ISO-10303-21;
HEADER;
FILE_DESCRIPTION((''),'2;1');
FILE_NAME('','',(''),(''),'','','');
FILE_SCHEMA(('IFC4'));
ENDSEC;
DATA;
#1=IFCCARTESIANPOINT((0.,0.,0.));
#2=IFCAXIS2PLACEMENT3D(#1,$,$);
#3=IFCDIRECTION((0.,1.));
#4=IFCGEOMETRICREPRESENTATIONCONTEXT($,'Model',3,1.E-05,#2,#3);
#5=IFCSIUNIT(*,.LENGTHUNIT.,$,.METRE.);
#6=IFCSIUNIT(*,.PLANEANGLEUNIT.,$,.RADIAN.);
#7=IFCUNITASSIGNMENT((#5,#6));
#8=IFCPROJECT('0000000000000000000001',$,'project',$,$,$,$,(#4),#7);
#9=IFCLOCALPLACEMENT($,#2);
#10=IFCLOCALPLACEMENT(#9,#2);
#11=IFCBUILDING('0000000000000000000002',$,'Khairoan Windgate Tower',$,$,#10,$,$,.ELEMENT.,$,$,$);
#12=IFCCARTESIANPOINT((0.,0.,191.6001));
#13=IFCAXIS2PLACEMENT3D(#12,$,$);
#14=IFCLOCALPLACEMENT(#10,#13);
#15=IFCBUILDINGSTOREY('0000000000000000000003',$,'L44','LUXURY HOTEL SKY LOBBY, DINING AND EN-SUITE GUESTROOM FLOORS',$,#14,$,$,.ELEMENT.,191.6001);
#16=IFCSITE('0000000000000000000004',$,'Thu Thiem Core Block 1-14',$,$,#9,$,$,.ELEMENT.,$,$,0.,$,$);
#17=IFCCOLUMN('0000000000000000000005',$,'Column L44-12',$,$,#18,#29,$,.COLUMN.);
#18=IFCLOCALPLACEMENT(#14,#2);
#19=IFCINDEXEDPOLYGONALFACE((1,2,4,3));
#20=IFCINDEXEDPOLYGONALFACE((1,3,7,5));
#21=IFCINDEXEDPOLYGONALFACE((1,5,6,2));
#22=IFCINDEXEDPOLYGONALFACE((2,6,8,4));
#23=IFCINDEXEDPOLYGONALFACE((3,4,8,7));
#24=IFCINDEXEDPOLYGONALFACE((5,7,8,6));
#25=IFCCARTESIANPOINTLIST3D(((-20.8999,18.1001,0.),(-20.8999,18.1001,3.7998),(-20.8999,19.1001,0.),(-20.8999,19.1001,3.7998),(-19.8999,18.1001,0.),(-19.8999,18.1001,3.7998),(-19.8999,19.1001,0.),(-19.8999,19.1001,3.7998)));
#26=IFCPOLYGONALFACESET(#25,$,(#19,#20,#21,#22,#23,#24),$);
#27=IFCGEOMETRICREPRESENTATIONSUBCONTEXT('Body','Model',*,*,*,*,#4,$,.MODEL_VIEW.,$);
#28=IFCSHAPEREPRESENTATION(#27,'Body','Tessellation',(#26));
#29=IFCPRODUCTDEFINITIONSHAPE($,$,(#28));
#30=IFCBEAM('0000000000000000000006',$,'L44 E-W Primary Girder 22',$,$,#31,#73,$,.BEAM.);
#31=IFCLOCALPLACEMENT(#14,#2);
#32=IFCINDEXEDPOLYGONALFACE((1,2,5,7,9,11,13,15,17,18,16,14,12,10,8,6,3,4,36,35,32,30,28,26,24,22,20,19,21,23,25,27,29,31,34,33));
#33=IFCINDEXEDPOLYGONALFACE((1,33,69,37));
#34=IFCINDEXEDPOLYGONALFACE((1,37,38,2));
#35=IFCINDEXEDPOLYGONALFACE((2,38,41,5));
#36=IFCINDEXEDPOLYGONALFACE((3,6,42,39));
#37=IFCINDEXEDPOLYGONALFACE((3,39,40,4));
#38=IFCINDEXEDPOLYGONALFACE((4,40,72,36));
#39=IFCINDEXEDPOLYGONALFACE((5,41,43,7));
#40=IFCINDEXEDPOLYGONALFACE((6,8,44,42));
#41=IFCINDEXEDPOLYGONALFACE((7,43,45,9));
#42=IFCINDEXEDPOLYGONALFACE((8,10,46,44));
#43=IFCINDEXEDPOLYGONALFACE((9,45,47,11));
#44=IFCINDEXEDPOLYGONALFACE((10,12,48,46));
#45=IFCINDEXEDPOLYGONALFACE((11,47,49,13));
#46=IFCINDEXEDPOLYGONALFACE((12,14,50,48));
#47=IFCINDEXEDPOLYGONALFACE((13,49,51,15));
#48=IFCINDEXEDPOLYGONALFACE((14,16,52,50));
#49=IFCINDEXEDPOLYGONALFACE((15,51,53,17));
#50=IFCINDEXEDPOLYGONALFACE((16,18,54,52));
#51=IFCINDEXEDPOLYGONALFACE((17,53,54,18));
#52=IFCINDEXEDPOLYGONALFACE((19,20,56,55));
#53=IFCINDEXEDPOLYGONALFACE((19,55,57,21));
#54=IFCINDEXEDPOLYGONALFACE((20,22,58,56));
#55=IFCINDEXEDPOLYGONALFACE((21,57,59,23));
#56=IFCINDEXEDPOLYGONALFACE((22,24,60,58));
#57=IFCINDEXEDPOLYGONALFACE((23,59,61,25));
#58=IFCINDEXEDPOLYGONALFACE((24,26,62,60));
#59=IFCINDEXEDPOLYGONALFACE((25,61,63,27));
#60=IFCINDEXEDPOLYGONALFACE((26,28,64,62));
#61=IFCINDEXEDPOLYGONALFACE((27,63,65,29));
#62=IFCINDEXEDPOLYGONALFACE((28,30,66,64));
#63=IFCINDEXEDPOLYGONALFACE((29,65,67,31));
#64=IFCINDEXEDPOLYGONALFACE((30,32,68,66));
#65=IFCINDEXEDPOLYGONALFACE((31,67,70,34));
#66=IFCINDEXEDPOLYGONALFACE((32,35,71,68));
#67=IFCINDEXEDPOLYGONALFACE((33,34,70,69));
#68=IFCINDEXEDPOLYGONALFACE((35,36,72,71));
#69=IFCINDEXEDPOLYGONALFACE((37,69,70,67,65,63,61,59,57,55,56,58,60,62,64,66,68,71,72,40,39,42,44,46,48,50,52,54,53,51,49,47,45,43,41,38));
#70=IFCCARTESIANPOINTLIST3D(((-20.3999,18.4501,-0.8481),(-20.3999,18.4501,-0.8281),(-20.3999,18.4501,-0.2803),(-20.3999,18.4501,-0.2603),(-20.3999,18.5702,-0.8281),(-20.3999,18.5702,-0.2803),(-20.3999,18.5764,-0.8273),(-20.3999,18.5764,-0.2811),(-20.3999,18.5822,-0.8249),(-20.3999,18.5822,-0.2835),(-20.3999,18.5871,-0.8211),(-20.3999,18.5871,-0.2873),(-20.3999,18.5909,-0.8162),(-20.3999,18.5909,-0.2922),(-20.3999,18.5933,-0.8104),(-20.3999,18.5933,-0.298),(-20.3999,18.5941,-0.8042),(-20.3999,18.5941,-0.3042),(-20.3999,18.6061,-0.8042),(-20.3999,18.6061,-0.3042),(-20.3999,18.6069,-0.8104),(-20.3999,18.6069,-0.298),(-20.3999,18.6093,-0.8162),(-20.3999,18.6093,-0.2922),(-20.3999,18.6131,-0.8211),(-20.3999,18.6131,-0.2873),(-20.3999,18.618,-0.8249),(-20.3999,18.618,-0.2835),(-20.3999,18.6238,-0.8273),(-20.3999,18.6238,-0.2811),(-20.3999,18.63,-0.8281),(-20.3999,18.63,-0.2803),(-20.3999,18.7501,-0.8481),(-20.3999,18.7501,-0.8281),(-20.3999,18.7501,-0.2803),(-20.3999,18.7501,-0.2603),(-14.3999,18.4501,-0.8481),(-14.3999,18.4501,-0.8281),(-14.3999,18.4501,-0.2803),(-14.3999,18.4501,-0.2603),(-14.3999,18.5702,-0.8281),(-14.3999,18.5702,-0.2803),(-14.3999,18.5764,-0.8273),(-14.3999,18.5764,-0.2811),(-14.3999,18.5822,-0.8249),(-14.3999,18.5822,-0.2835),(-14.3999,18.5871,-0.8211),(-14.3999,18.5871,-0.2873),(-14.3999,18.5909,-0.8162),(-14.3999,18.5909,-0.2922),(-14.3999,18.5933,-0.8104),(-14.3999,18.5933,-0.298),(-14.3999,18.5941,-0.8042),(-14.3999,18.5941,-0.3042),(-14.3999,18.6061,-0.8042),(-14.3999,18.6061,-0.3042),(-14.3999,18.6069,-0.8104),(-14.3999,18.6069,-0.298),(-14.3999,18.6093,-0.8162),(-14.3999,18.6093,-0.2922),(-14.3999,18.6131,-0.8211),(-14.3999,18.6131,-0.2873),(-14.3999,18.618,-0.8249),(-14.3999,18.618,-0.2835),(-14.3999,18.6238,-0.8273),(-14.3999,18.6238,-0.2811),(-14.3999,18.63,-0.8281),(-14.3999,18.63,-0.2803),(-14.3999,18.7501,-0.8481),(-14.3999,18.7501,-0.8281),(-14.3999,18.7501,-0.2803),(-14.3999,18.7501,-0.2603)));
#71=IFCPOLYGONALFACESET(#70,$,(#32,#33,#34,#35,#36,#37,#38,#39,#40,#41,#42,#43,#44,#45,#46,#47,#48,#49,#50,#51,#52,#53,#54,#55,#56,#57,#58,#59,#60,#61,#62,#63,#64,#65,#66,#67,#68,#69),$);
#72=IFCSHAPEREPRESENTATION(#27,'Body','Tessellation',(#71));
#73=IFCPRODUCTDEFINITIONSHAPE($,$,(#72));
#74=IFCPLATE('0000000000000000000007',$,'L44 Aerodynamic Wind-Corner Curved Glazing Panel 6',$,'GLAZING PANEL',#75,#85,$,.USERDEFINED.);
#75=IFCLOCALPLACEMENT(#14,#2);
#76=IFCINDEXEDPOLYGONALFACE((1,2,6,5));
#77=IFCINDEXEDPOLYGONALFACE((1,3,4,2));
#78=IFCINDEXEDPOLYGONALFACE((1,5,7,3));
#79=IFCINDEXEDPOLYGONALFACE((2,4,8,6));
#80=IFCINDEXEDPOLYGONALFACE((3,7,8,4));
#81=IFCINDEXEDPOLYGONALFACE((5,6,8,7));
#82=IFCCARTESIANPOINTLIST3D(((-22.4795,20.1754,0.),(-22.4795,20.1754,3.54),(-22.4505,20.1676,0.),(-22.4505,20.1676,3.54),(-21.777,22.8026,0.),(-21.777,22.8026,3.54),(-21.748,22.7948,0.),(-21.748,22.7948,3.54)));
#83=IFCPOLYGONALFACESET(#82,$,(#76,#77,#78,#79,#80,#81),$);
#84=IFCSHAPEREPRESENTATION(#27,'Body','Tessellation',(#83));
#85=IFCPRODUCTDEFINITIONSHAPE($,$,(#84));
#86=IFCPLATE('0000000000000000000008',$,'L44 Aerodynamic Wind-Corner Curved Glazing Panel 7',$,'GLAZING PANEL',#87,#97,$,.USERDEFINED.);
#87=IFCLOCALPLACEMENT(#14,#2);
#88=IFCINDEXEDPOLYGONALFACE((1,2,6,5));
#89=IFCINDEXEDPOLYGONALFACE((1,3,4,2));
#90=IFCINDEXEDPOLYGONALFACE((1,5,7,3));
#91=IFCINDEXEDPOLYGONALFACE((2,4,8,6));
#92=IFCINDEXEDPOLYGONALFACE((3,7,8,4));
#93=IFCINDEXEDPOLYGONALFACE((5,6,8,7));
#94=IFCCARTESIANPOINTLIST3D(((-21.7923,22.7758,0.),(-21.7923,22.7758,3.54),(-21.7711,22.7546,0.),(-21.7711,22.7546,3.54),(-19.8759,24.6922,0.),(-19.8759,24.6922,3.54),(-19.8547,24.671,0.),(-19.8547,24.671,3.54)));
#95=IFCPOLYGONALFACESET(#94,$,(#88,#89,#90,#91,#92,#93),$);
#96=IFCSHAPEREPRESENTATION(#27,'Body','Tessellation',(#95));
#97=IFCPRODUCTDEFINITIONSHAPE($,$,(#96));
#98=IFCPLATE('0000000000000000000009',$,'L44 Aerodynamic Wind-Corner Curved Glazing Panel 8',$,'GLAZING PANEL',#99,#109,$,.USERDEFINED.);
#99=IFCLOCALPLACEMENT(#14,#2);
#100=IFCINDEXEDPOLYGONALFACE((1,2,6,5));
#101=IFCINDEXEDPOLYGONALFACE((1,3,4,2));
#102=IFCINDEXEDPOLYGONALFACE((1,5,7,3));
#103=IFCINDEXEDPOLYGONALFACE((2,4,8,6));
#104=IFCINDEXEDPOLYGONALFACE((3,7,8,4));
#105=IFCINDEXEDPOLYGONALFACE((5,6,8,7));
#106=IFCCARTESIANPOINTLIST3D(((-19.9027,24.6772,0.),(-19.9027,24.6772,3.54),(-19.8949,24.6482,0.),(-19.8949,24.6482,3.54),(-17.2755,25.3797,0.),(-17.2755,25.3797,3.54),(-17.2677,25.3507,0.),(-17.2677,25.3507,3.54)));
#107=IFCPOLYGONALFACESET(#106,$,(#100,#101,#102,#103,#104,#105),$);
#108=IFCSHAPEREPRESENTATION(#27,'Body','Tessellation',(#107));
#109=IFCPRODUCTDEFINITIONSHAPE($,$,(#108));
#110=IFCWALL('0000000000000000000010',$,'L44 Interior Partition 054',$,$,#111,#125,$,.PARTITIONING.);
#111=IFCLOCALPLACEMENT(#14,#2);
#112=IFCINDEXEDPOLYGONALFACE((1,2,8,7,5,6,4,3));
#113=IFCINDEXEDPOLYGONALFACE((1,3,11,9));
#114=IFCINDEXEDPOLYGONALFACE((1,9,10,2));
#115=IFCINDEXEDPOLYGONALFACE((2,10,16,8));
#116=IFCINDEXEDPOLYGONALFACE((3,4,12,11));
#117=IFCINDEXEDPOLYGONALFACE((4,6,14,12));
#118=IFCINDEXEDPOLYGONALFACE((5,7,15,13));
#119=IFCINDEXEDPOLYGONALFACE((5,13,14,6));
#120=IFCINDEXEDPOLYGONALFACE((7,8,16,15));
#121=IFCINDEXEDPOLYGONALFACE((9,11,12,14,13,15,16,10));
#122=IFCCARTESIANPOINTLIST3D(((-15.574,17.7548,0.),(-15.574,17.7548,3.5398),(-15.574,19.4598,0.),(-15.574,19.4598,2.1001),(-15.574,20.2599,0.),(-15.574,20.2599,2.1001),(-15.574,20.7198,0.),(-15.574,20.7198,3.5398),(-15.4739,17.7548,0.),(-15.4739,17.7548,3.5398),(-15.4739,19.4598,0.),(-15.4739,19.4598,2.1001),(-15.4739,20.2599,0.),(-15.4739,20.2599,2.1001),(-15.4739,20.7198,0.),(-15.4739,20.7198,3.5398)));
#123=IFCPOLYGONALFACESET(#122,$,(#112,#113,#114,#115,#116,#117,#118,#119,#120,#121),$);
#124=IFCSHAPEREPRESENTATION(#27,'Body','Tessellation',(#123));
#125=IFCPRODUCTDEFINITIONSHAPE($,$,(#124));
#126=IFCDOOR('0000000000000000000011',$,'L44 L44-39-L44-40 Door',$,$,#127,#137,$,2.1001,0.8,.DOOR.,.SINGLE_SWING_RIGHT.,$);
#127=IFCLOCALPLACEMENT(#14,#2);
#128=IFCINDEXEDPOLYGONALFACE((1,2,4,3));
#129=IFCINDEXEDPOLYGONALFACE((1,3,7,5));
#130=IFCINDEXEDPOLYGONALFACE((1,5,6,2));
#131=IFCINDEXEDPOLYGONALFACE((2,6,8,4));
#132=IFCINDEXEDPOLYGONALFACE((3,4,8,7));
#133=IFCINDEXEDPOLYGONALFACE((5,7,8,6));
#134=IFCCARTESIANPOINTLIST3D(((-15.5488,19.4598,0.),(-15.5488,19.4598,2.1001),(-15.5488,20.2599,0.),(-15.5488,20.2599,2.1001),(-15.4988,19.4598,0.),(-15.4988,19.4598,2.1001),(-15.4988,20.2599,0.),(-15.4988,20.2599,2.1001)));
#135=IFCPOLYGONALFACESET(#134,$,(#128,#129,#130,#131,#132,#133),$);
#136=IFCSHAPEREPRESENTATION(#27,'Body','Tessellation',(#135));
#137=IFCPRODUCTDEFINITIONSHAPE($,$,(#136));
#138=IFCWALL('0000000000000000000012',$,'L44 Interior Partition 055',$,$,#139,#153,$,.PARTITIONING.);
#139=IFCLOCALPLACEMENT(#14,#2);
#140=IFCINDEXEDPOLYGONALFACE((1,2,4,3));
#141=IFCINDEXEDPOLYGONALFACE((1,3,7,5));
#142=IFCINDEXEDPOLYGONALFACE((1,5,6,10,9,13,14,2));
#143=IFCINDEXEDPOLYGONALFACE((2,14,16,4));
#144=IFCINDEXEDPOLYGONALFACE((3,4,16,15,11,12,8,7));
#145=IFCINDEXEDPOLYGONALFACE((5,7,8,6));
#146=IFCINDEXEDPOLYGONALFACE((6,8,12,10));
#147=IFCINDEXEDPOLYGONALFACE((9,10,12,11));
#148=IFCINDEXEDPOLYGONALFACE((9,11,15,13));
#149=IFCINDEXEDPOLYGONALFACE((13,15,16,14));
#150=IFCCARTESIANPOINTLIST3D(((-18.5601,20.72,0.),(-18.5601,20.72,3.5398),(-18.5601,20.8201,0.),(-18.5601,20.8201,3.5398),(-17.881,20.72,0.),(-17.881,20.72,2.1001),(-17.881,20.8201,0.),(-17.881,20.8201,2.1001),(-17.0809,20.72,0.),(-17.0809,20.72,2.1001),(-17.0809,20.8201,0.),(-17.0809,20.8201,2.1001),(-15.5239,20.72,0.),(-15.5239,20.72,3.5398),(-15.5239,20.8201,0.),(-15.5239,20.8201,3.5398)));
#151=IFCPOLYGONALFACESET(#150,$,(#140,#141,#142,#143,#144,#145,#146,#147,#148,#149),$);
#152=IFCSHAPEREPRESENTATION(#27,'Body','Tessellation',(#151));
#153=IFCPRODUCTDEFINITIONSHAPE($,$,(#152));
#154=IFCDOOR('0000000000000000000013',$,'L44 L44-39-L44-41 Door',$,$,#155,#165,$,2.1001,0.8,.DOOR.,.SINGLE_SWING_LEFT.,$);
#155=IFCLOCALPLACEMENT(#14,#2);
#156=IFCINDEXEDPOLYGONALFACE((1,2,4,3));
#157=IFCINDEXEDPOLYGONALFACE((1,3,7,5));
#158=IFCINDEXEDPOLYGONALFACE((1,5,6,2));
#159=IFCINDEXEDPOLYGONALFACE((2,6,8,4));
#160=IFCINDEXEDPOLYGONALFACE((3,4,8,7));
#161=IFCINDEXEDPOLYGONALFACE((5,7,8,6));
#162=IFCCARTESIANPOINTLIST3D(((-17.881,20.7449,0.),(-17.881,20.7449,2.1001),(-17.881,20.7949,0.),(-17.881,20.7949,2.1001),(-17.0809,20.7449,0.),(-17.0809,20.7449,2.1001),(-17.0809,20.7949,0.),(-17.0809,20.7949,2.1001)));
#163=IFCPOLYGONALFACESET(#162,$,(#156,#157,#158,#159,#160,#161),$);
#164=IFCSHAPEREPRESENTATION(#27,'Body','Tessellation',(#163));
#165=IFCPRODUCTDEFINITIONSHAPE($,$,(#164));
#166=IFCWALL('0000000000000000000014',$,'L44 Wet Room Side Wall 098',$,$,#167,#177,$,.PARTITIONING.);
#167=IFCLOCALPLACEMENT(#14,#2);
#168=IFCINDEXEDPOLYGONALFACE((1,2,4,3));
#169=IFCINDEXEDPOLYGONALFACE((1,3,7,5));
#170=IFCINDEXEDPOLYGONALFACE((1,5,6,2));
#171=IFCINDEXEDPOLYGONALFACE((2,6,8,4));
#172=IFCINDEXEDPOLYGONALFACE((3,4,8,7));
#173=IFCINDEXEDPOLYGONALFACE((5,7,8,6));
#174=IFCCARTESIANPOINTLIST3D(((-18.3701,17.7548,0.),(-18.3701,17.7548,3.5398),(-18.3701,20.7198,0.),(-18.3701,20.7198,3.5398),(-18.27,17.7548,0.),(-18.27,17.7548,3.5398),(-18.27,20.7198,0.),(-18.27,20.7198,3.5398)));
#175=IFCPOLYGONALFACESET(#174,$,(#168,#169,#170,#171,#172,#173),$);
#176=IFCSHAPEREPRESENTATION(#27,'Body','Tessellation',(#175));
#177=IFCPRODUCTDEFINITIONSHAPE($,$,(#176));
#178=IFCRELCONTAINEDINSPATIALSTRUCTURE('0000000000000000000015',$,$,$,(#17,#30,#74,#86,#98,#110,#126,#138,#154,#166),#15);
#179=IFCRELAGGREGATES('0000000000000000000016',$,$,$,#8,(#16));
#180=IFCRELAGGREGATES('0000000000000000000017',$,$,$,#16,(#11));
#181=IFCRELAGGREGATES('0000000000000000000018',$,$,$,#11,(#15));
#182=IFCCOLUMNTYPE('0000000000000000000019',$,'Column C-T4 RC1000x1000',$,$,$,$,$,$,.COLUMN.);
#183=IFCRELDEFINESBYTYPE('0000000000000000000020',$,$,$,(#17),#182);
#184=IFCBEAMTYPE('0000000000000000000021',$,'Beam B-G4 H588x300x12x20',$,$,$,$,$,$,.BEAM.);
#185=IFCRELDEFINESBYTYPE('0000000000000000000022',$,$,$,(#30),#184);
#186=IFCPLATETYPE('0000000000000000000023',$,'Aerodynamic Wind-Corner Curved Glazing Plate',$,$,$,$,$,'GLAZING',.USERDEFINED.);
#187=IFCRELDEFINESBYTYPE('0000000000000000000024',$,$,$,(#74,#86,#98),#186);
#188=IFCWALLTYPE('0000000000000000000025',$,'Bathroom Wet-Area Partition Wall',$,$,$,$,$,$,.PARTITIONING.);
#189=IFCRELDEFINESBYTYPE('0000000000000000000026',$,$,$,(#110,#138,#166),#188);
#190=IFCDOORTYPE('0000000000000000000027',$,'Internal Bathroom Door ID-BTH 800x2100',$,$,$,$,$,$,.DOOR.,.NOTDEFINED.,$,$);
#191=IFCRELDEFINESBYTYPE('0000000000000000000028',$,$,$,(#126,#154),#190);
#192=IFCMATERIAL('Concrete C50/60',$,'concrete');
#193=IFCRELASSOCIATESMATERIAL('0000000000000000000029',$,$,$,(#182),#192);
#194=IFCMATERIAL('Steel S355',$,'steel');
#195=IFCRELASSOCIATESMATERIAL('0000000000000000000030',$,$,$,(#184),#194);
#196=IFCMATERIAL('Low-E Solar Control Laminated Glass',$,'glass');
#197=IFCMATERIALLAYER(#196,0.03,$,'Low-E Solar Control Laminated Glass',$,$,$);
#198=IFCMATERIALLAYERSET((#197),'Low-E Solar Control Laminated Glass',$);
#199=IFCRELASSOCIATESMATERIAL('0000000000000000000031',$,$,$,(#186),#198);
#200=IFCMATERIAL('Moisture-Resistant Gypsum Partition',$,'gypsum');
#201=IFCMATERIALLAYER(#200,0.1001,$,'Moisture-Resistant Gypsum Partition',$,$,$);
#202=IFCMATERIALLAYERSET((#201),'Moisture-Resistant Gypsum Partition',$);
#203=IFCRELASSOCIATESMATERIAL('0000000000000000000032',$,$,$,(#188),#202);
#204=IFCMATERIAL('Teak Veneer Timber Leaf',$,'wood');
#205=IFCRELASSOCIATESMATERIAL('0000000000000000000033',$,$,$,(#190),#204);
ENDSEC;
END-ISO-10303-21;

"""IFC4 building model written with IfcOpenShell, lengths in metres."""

from ifc_helpers import new_model, si_unit, direction, frame, frame_2d, origin, origin_2d, place, context, subcontext, project, spatial, rectangle, i_section, extrude, material, layer, layer_set, material_profile, profile_set, type_object, element, fill, save


model = new_model("IFC4")

# Units and contexts
model_context = context("Model", 3, precision=1e-05, world=origin(), true_north=direction((0.0, 1.0)))
body_context = subcontext(model_context, "Body", "Model", "MODEL_VIEW")
ifc_project = project(units=[si_unit("LENGTHUNIT", "METRE"), si_unit("PLANEANGLEUNIT", "RADIAN")], contexts=[model_context])

# Site, building, storey
site_placement = place(None, origin())
site = spatial("IfcSite", under=ifc_project, at=site_placement, Name="Thu Thiem Core Block 1-14", CompositionType="ELEMENT", RefElevation=0.0)
building_placement = place(site_placement, origin())
building = spatial("IfcBuilding", under=site, at=building_placement, Name="Khairoan Windgate Tower", CompositionType="ELEMENT")
storey_placement = place(building_placement, frame((0.0, 0.0, 191.6001)))
storey = spatial("IfcBuildingStorey", under=building, at=storey_placement, Name="L44", Description="LUXURY HOTEL SKY LOBBY, DINING AND EN-SUITE GUESTROOM FLOORS", CompositionType="ELEMENT", Elevation=191.6001)

# Column
ifc_material_1 = material(Name="Concrete C50/60", Category="concrete")
ifc_material_profile_1 = material_profile(ifc_material_1, rectangle(XDim=1.0, YDim=1.0, at=origin_2d()))
ifc_profile_set_1 = profile_set([ifc_material_profile_1], Name="Concrete C50/60")
column_type = type_object("IfcColumnType", Name="Column C-T4 RC1000x1000", PredefinedType="COLUMN", material=ifc_profile_set_1)
column_placement = place(storey_placement, frame((-20.3999, 18.6001, 0.0), z_axis=(0.0, 0.0, 1.0), x_axis=(1.0, 0.0, 0.0)))
element("IfcColumn", 1, at=column_placement, inside=storey, type_object=column_type, Name="Column L44-12", PredefinedType="COLUMN", context=body_context, shape_type="SweptSolid", body=[
    extrude(rectangle(XDim=1.0, YDim=1.0, at=origin_2d()), origin(), (0.0, 0.0, 1.0), 3.7998),
])

# Beam
ifc_material_2 = material(Name="Steel S355", Category="steel")
ifc_material_profile_2 = material_profile(ifc_material_2, i_section(OverallWidth=0.3, OverallDepth=0.5879, WebThickness=0.012, FlangeThickness=0.02, FilletRadius=0.0239, at=origin_2d()))
ifc_profile_set_2 = profile_set([ifc_material_profile_2], Name="Steel S355")
beam_type = type_object("IfcBeamType", Name="Beam B-G4 H588x300x12x20", PredefinedType="BEAM", material=ifc_profile_set_2)
beam_placement = place(storey_placement, frame((-20.3999, 18.6001, -0.5542), z_axis=(1.0, 0.0, 0.0), x_axis=(0.0, 1.0, 0.0)))
element("IfcBeam", 2, at=beam_placement, inside=storey, type_object=beam_type, Name="L44 E-W Primary Girder 22", PredefinedType="BEAM", context=body_context, shape_type="SweptSolid", body=[
    extrude(i_section(OverallWidth=0.3, OverallDepth=0.5879, WebThickness=0.012, FlangeThickness=0.02, FilletRadius=0.0239, at=origin_2d()), origin(), (0.0, 0.0, 1.0), 6.0),
])

# Plates
ifc_material_3 = material(Name="Low-E Solar Control Laminated Glass", Category="glass")
ifc_layer_1 = layer(ifc_material_3, 0.03, Name="Low-E Solar Control Laminated Glass")
ifc_layer_set_1 = layer_set([ifc_layer_1], Name="Low-E Solar Control Laminated Glass")
plate_type_1 = type_object("IfcPlateType", Name="Aerodynamic Wind-Corner Curved Glazing Plate", ElementType="GLAZING", PredefinedType="USERDEFINED", material=ifc_layer_set_1)
plate_1_placement = place(storey_placement, frame((-22.1138, 21.4851, 0.0), z_axis=(0.0, 0.0, 1.0), x_axis=(0.258313, 0.966061, 0.0)))
element("IfcPlate", 3, at=plate_1_placement, inside=storey, type_object=plate_type_1, Name="L44 Aerodynamic Wind-Corner Curved Glazing Panel 6", ObjectType="GLAZING PANEL", PredefinedType="USERDEFINED", context=body_context, shape_type="SweptSolid", body=[
    extrude(rectangle(XDim=2.7195, YDim=0.03, at=origin_2d()), origin(), (0.0, 0.0, 1.0), 3.54),
])
plate_2_placement = place(storey_placement, frame((-20.8235, 23.7234, 0.0), z_axis=(0.0, 0.0, 1.0), x_axis=(0.707107, 0.707107, 0.0)))
element("IfcPlate", 4, at=plate_2_placement, inside=storey, type_object=plate_type_1, Name="L44 Aerodynamic Wind-Corner Curved Glazing Panel 7", ObjectType="GLAZING PANEL", PredefinedType="USERDEFINED", context=body_context, shape_type="SweptSolid", body=[
    extrude(rectangle(XDim=2.7102, YDim=0.03, at=origin_2d()), origin(), (0.0, 0.0, 1.0), 3.54),
])
plate_3_placement = place(storey_placement, frame((-18.5852, 25.0139, 0.0), z_axis=(0.0, 0.0, 1.0), x_axis=(0.966061, 0.258313, 0.0)))
element("IfcPlate", 5, at=plate_3_placement, inside=storey, type_object=plate_type_1, Name="L44 Aerodynamic Wind-Corner Curved Glazing Panel 8", ObjectType="GLAZING PANEL", PredefinedType="USERDEFINED", context=body_context, shape_type="SweptSolid", body=[
    extrude(rectangle(XDim=2.7195, YDim=0.03, at=origin_2d()), origin(), (0.0, 0.0, 1.0), 3.54),
])

# Walls, openings, doors
ifc_material_4 = material(Name="Moisture-Resistant Gypsum Partition", Category="gypsum")
ifc_layer_2 = layer(ifc_material_4, 0.1001, Name="Moisture-Resistant Gypsum Partition")
ifc_layer_set_2 = layer_set([ifc_layer_2], Name="Moisture-Resistant Gypsum Partition")
wall_type_1 = type_object("IfcWallType", Name="Bathroom Wet-Area Partition Wall", PredefinedType="PARTITIONING", material=ifc_layer_set_2)
wall_1_placement = place(storey_placement, frame((-15.5239, 17.7549, 0.0), z_axis=(0.0, 0.0, 1.0), x_axis=(0.0, 1.0, 0.0)))
wall_1 = element("IfcWall", 6, at=wall_1_placement, inside=storey, type_object=wall_type_1, Name="L44 Interior Partition 054", PredefinedType="PARTITIONING", context=body_context, shape_type="SweptSolid", body=[
    extrude(rectangle(XDim=2.9651, YDim=0.1001, at=frame_2d((1.4824, 0.0))), origin(), (0.0, 0.0, 1.0), 3.5398),
])
opening_1_placement = place(wall_1_placement, frame((1.7051, 0.0, 0.0)))
opening_1 = element("IfcOpeningElement", 7, at=opening_1_placement, cuts=wall_1, PredefinedType="OPENING", context=body_context, shape_type="SweptSolid", body=[
    extrude(rectangle(XDim=0.8, YDim=2.1001, at=frame_2d((0.3999, 1.05))), frame((0.0, 0.0601, 0.0), z_axis=(0.0, -1.0, 0.0), x_axis=(1.0, 0.0, 0.0)), (0.0, 0.0, 1.0), 0.1201),
])
ifc_material_5 = material(Name="Teak Veneer Timber Leaf", Category="wood")
door_type_1 = type_object("IfcDoorType", Name="Internal Bathroom Door ID-BTH 800x2100", OperationType="NOTDEFINED", PredefinedType="DOOR", material=ifc_material_5)
door_1_placement = place(opening_1_placement, origin())
door_1 = element("IfcDoor", 8, at=door_1_placement, inside=storey, type_object=door_type_1, Name="L44 L44-39-L44-40 Door", OperationType="SINGLE_SWING_RIGHT", OverallHeight=2.1001, OverallWidth=0.8, PredefinedType="DOOR", context=body_context, shape_type="SweptSolid", body=[
    extrude(rectangle(XDim=0.8, YDim=2.1001, at=frame_2d((0.3999, 1.05))), frame((0.0, 0.0249, 0.0), z_axis=(0.0, -1.0, 0.0), x_axis=(1.0, 0.0, 0.0)), (0.0, 0.0, 1.0), 0.05),
])
fill(opening_1, door_1)
wall_2_placement = place(storey_placement, frame((-18.5601, 20.77, 0.0), z_axis=(0.0, 0.0, 1.0), x_axis=(1.0, 0.0, 0.0)))
wall_2 = element("IfcWall", 9, at=wall_2_placement, inside=storey, type_object=wall_type_1, Name="L44 Interior Partition 055", PredefinedType="PARTITIONING", context=body_context, shape_type="SweptSolid", body=[
    extrude(rectangle(XDim=3.0361, YDim=0.1001, at=frame_2d((1.5181, 0.0))), origin(), (0.0, 0.0, 1.0), 3.5398),
])
opening_2_placement = place(wall_2_placement, frame((0.6792, 0.0, 0.0)))
opening_2 = element("IfcOpeningElement", 10, at=opening_2_placement, cuts=wall_2, PredefinedType="OPENING", context=body_context, shape_type="SweptSolid", body=[
    extrude(rectangle(XDim=0.8, YDim=2.1001, at=frame_2d((0.3999, 1.05))), frame((0.0, 0.0601, 0.0), z_axis=(0.0, -1.0, 0.0), x_axis=(1.0, 0.0, 0.0)), (0.0, 0.0, 1.0), 0.1201),
])
door_2_placement = place(opening_2_placement, origin())
door_2 = element("IfcDoor", 11, at=door_2_placement, inside=storey, type_object=door_type_1, Name="L44 L44-39-L44-41 Door", OperationType="SINGLE_SWING_LEFT", OverallHeight=2.1001, OverallWidth=0.8, PredefinedType="DOOR", context=body_context, shape_type="SweptSolid", body=[
    extrude(rectangle(XDim=0.8, YDim=2.1001, at=frame_2d((0.3999, 1.05))), frame((0.0, 0.0249, 0.0), z_axis=(0.0, -1.0, 0.0), x_axis=(1.0, 0.0, 0.0)), (0.0, 0.0, 1.0), 0.05),
])
fill(opening_2, door_2)

# Wall
wall_3_placement = place(storey_placement, frame((-18.3201, 17.7549, 0.0), z_axis=(0.0, 0.0, 1.0), x_axis=(0.0, 1.0, 0.0)))
element("IfcWall", 12, at=wall_3_placement, inside=storey, type_object=wall_type_1, Name="L44 Wet Room Side Wall 098", PredefinedType="PARTITIONING", context=body_context, shape_type="SweptSolid", body=[
    extrude(rectangle(XDim=2.9651, YDim=0.1001, at=frame_2d((1.4824, 0.0))), origin(), (0.0, 0.0, 1.0), 3.5398),
])

save(model, "model.ifc")
